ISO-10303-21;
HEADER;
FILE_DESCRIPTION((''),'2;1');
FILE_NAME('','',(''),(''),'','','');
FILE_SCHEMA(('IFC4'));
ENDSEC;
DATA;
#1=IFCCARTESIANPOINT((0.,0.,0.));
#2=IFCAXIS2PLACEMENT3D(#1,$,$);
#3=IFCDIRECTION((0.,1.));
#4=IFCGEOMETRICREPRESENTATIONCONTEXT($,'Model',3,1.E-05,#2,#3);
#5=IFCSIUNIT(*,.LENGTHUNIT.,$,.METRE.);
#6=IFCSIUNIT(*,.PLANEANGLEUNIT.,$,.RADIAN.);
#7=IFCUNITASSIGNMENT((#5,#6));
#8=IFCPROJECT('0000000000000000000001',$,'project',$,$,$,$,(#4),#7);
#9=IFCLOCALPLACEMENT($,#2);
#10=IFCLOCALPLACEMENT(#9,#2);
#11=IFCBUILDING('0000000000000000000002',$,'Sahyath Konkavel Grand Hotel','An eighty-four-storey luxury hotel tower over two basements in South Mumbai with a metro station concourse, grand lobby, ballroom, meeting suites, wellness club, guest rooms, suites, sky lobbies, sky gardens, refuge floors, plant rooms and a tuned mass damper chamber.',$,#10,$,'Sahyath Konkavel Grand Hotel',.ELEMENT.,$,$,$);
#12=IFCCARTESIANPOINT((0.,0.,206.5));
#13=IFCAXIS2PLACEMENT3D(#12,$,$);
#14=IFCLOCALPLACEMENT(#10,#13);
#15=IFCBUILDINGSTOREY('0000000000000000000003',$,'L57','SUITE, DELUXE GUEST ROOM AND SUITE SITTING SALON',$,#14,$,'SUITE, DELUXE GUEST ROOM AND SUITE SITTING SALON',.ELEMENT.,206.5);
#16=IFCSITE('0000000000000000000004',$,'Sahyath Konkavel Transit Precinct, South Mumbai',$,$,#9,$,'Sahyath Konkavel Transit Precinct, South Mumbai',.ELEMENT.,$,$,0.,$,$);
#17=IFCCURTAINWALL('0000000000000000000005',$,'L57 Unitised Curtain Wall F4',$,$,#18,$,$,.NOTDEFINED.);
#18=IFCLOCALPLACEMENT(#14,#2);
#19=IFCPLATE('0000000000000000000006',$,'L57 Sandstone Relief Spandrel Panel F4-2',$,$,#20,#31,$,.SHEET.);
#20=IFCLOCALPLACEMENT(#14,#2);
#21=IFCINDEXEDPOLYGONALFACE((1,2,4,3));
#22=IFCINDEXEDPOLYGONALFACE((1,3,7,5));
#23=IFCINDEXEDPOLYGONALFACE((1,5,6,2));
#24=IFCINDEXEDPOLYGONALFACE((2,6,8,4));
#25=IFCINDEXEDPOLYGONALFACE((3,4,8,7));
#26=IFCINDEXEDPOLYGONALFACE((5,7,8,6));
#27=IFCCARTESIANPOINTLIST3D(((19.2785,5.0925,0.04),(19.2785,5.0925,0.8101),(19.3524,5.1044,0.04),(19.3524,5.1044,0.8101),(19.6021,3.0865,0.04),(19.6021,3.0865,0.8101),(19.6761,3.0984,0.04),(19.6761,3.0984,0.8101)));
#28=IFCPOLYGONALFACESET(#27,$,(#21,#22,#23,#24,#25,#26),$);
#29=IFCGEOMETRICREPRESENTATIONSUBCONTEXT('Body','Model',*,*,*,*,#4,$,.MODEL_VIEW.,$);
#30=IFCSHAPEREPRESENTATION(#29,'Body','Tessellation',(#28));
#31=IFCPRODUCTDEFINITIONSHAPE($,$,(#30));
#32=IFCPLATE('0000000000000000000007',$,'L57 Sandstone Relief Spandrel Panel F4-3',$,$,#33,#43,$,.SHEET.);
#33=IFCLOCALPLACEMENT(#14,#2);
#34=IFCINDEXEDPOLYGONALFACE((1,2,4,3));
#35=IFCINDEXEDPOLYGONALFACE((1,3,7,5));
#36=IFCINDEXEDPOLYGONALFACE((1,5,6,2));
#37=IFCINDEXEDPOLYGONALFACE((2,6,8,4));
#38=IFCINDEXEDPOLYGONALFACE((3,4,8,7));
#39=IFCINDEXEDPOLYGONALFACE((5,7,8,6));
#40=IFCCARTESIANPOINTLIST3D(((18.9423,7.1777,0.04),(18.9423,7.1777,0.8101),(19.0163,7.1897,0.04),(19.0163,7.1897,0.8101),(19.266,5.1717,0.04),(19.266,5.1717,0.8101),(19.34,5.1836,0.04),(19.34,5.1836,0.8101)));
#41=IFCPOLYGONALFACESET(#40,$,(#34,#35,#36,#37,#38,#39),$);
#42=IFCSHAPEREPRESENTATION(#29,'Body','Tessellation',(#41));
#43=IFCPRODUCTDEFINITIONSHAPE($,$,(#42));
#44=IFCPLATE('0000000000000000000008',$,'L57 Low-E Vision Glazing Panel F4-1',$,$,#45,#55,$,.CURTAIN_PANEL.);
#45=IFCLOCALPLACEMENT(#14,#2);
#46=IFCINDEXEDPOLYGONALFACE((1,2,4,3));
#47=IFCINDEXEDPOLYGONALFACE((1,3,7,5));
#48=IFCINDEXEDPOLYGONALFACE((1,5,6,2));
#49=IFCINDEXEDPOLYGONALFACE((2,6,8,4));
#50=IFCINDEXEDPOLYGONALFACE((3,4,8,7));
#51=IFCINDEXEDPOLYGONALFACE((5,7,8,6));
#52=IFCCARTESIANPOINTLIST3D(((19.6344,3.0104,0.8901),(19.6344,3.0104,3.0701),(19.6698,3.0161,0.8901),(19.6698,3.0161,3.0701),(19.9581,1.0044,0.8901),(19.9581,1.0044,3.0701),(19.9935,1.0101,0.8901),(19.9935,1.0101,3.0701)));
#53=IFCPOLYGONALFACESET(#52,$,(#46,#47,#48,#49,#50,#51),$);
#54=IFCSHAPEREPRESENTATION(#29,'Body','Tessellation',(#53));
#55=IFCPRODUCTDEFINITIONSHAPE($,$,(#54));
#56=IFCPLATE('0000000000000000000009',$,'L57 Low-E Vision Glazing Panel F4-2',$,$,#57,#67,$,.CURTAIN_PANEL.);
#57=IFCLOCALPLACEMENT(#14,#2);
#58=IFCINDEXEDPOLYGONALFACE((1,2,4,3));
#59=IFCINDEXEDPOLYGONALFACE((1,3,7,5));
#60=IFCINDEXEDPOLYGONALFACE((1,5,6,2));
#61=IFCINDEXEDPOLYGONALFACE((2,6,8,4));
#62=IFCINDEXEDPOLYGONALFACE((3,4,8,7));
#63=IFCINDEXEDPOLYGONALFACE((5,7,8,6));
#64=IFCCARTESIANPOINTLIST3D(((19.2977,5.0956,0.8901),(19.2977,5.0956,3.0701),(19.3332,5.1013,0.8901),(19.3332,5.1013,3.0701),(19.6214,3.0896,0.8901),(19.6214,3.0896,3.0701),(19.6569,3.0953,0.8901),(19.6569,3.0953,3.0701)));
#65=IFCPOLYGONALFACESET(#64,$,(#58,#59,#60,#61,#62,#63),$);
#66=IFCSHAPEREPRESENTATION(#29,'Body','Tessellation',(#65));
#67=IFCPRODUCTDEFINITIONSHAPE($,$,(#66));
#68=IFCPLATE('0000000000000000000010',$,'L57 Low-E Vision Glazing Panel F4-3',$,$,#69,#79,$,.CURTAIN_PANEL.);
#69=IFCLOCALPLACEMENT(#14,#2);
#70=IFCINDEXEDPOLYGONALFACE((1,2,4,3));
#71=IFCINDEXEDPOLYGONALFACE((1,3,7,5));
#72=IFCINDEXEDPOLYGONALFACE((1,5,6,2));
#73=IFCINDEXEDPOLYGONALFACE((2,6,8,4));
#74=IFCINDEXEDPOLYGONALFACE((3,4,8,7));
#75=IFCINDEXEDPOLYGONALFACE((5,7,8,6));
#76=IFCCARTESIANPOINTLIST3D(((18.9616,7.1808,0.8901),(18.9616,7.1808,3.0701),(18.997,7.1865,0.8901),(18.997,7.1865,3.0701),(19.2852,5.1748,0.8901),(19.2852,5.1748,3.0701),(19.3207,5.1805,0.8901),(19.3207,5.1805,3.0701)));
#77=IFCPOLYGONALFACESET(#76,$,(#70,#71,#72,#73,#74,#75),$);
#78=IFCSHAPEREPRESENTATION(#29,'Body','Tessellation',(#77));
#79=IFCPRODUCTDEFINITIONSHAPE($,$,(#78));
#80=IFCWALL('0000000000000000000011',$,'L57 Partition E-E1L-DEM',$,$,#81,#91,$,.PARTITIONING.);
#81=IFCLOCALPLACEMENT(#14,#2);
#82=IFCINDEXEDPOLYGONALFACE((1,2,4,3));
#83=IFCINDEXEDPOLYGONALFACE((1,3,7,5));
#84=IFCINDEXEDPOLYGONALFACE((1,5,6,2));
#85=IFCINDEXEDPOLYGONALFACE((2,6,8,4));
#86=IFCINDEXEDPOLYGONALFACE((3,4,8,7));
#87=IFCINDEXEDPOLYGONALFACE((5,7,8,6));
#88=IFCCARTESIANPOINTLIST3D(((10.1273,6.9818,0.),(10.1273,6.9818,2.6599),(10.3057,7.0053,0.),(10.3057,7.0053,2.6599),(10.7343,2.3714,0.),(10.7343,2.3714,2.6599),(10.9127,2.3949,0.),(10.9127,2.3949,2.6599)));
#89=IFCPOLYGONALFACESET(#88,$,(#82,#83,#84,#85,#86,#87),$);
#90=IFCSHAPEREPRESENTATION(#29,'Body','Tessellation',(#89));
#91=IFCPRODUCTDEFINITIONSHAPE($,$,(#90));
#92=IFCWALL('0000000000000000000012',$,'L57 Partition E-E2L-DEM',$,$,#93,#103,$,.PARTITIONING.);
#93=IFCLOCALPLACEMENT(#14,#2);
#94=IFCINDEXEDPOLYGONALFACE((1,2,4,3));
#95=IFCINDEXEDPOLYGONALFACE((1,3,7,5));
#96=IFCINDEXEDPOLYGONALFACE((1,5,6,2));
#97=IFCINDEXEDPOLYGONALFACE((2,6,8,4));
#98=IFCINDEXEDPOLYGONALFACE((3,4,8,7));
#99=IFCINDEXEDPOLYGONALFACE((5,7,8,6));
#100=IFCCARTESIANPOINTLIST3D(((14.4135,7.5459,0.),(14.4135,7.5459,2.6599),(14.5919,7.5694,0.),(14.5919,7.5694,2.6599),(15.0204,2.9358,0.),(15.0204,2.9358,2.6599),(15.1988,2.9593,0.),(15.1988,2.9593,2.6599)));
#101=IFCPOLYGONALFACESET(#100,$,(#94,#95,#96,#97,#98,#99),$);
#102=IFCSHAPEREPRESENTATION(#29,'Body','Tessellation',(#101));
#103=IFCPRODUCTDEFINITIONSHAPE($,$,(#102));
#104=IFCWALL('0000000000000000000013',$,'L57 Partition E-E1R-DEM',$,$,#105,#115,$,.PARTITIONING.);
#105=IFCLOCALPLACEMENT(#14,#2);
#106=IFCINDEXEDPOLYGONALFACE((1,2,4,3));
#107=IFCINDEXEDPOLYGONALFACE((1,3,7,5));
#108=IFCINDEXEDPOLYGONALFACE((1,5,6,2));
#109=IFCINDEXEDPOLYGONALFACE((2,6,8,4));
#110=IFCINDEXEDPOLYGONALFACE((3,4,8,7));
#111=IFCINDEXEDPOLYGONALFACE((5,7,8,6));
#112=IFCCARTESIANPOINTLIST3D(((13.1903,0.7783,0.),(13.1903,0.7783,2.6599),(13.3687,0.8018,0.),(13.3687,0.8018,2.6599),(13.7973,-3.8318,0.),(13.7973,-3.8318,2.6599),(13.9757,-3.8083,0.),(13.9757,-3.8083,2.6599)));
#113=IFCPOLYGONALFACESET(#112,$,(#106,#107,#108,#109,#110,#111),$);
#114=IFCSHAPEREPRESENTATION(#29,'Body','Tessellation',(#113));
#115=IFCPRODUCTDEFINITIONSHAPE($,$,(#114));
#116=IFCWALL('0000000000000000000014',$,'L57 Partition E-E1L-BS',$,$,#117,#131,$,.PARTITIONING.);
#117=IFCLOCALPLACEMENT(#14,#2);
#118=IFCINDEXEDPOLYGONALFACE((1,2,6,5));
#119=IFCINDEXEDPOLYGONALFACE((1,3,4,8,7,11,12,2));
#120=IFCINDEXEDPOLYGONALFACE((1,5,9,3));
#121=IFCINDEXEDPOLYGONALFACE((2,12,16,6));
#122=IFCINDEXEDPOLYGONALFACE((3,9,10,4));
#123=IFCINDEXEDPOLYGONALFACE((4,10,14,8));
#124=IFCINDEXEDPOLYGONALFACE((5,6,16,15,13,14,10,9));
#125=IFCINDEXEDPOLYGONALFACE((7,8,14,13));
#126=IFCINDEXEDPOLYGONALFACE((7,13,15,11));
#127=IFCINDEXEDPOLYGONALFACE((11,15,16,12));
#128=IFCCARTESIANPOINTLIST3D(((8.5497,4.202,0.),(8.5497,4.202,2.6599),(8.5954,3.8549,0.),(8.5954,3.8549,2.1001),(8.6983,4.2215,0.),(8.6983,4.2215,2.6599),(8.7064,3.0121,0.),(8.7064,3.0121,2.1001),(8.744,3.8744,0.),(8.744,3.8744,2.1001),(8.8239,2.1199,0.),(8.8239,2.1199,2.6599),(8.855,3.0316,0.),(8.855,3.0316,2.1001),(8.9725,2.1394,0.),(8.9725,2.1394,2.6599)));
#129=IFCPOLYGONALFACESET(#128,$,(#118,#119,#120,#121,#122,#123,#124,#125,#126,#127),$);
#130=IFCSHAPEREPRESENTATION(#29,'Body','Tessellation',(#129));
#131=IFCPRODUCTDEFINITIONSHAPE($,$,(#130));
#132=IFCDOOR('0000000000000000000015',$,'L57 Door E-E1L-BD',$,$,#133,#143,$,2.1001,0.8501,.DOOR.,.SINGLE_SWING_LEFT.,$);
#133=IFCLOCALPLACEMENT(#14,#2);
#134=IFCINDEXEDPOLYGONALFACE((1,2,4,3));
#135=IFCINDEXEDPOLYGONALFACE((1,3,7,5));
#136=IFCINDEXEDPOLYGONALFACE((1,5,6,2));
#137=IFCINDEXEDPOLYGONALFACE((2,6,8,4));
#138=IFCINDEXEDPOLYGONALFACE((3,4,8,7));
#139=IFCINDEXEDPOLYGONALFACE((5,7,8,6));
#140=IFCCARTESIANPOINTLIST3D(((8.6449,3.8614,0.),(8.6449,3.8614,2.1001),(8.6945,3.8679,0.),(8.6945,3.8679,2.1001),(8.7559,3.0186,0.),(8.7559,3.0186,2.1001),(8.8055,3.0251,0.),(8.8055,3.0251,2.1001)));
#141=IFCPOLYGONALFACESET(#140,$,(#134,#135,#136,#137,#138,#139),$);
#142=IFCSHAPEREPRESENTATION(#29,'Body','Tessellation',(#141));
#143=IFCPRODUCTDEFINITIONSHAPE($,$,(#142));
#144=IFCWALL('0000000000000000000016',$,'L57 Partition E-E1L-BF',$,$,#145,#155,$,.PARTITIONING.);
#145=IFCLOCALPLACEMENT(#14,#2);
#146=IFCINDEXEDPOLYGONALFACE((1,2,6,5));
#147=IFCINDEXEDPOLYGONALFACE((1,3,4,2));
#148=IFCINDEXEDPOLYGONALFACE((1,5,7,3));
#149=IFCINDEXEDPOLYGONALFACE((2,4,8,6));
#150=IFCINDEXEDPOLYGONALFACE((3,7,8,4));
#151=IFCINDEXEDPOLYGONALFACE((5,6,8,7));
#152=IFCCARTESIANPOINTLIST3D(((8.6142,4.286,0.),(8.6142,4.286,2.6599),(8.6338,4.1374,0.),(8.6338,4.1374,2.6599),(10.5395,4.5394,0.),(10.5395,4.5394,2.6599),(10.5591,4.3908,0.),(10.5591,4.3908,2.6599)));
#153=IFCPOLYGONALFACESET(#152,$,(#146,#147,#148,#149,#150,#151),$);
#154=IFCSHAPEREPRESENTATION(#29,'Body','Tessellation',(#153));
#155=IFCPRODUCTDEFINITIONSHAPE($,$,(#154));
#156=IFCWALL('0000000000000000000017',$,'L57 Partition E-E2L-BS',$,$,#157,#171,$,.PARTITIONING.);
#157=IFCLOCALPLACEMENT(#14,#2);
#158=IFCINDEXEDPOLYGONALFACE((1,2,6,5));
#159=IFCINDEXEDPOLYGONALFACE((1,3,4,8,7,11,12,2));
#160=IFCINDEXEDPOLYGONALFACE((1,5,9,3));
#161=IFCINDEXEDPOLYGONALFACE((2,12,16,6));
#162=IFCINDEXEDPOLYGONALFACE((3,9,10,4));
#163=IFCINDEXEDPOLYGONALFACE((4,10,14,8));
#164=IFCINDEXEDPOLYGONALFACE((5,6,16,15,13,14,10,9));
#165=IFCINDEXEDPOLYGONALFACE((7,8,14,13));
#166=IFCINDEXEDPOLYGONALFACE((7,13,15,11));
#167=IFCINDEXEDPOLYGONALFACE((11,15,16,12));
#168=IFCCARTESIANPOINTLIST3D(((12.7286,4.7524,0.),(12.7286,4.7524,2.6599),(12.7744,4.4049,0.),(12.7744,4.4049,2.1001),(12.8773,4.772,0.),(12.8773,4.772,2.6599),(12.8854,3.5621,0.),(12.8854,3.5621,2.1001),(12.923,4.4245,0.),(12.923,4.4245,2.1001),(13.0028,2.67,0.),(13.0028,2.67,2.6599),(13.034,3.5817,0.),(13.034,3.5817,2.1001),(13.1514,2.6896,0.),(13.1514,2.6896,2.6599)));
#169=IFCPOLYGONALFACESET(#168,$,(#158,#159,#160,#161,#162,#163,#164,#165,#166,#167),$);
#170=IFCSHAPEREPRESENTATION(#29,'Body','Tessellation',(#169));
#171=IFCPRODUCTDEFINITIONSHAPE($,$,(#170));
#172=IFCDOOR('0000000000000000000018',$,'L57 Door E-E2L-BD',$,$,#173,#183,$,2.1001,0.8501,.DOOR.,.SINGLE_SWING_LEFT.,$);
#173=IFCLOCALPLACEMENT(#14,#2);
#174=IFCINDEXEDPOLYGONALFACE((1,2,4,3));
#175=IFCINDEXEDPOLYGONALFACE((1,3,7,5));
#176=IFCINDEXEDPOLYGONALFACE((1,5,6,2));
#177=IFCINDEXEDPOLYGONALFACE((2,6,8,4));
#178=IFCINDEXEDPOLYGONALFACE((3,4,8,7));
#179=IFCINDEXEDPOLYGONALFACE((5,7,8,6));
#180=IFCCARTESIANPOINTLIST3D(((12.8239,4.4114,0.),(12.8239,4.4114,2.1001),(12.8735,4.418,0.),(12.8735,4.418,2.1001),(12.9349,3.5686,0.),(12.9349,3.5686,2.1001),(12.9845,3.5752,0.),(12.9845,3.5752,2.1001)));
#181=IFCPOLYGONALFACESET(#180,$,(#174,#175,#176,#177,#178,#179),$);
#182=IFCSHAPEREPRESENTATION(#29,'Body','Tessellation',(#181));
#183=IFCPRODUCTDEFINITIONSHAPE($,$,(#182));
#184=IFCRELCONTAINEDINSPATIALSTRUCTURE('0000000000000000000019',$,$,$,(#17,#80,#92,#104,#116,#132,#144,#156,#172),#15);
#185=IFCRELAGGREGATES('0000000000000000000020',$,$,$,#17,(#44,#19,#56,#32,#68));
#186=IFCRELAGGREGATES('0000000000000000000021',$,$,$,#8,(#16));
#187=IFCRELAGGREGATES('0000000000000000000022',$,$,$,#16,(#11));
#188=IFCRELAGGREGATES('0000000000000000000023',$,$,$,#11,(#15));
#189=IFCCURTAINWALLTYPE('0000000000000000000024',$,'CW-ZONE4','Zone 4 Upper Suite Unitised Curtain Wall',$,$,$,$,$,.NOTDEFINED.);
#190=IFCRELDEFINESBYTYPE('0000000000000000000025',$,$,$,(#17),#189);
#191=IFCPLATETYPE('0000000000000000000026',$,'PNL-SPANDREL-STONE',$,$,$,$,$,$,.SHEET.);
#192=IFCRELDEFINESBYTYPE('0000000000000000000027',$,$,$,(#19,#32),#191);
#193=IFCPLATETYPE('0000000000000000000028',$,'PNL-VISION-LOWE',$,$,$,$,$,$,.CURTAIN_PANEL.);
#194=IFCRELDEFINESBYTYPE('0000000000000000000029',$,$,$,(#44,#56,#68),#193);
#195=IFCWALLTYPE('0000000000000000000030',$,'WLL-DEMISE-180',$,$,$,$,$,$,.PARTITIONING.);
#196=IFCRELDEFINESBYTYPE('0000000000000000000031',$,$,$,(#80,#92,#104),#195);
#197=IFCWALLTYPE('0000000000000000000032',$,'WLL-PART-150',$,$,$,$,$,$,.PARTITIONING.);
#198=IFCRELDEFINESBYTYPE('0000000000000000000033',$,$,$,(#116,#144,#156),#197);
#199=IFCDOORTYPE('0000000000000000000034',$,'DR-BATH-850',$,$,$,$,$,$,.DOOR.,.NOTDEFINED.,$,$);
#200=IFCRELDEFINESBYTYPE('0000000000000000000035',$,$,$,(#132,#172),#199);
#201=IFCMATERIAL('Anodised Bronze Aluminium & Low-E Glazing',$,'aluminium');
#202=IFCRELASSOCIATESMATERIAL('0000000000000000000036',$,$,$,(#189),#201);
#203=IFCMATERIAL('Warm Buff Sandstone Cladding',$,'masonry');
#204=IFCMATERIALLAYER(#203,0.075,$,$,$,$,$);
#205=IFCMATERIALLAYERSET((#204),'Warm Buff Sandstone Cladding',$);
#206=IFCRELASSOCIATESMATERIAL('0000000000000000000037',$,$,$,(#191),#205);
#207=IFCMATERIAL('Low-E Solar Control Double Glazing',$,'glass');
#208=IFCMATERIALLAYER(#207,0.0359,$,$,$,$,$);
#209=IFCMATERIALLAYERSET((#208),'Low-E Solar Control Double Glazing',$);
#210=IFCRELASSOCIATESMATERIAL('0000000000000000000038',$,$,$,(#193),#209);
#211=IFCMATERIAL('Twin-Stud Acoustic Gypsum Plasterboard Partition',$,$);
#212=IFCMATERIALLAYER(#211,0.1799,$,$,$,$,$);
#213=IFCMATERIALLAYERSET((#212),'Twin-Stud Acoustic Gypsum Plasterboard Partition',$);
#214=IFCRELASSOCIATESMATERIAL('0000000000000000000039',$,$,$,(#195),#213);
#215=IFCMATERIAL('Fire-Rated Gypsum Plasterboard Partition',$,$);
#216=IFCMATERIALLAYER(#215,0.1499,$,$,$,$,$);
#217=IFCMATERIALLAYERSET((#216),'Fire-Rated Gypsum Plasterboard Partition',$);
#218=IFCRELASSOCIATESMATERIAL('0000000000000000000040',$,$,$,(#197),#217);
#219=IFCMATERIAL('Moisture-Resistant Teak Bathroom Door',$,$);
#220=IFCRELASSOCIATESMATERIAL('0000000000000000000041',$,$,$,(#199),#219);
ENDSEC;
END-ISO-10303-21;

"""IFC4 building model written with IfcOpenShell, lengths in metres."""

from ifc_helpers import new_model, si_unit, direction, frame, frame_2d, origin, origin_2d, place, context, subcontext, project, spatial, rectangle, extrude, source, transform, mapped, material, layer, layer_set, type_object, element, fill, aggregate, save


model = new_model("IFC4")

# Units and contexts
model_context = context("Model", 3, precision=1e-05, world=origin(), true_north=direction((0.0, 1.0)))
body_context = subcontext(model_context, "Body", "Model", "MODEL_VIEW")
ifc_project = project(units=[si_unit("LENGTHUNIT", "METRE"), si_unit("PLANEANGLEUNIT", "RADIAN")], contexts=[model_context])

# Site, building, storey
site_placement = place(None, origin())
site = spatial("IfcSite", under=ifc_project, at=site_placement, Name="Sahyath Konkavel Transit Precinct, South Mumbai", LongName="Sahyath Konkavel Transit Precinct, South Mumbai", CompositionType="ELEMENT", RefElevation=0.0)
building_placement = place(site_placement, origin())
building = spatial("IfcBuilding", under=site, at=building_placement, Name="Sahyath Konkavel Grand Hotel", Description="An eighty-four-storey luxury hotel tower over two basements in South Mumbai with a metro station concourse, grand lobby, ballroom, meeting suites, wellness club, guest rooms, suites, sky lobbies, sky gardens, refuge floors, plant rooms and a tuned mass damper chamber.", LongName="Sahyath Konkavel Grand Hotel", CompositionType="ELEMENT")
storey_placement = place(building_placement, frame((0.0, 0.0, 206.5)))
storey = spatial("IfcBuildingStorey", under=building, at=storey_placement, Name="L57", Description="SUITE, DELUXE GUEST ROOM AND SUITE SITTING SALON", LongName="SUITE, DELUXE GUEST ROOM AND SUITE SITTING SALON", CompositionType="ELEMENT", Elevation=206.5)

# Curtain wall
ifc_material_1 = material(Name="Anodised Bronze Aluminium & Low-E Glazing", Category="aluminium")
curtain_wall_type = type_object("IfcCurtainWallType", Name="CW-ZONE4", Description="Zone 4 Upper Suite Unitised Curtain Wall", PredefinedType="NOTDEFINED", material=ifc_material_1)
curtain_wall_placement = place(storey_placement, origin())
curtain_wall = element("IfcCurtainWall", 1, at=curtain_wall_placement, inside=storey, type_object=curtain_wall_type, Name="L57 Unitised Curtain Wall F4", PredefinedType="NOTDEFINED")

# Plates
ifc_material_2 = material(Name="Warm Buff Sandstone Cladding", Category="masonry")
ifc_layer_1 = layer(ifc_material_2, 0.075)
ifc_layer_set_1 = layer_set([ifc_layer_1], Name="Warm Buff Sandstone Cladding")
plate_type_1 = type_object("IfcPlateType", Name="PNL-SPANDREL-STONE", PredefinedType="SHEET", material=ifc_layer_set_1)
shared_shape_1 = source(origin(), body_context, "Body", "SweptSolid", [
    extrude(rectangle(XDim=2.032, YDim=0.075, at=origin_2d()), origin(), (0.0, 0.0, 1.0), 0.77),
])
plate_1_placement = place(storey_placement, frame((19.4773, 4.0955, 0.04), z_axis=(0.0, 0.0, 1.0), x_axis=(-0.159295, 0.987231, 0.0)))
plate_1 = element("IfcPlate", 2, at=plate_1_placement, type_object=plate_type_1, Name="L57 Sandstone Relief Spandrel Panel F4-2", PredefinedType="SHEET", context=body_context, shape_type="MappedRepresentation", body=[
    mapped(shared_shape_1, transform((0.0, 0.0, 0.0), scale=1.0)),
])
plate_2_placement = place(storey_placement, frame((19.1411, 6.1807, 0.04), z_axis=(0.0, 0.0, 1.0), x_axis=(-0.159295, 0.987231, 0.0)))
plate_2 = element("IfcPlate", 3, at=plate_2_placement, type_object=plate_type_1, Name="L57 Sandstone Relief Spandrel Panel F4-3", PredefinedType="SHEET", context=body_context, shape_type="MappedRepresentation", body=[
    mapped(shared_shape_1, transform((0.0, 0.0, 0.0), scale=1.0)),
])
ifc_material_3 = material(Name="Low-E Solar Control Double Glazing", Category="glass")
ifc_layer_2 = layer(ifc_material_3, 0.0359)
ifc_layer_set_2 = layer_set([ifc_layer_2], Name="Low-E Solar Control Double Glazing")
plate_type_2 = type_object("IfcPlateType", Name="PNL-VISION-LOWE", PredefinedType="CURTAIN_PANEL", material=ifc_layer_set_2)
shared_shape_2 = source(origin(), body_context, "Body", "SweptSolid", [
    extrude(rectangle(XDim=2.032, YDim=0.0359, at=origin_2d()), origin(), (0.0, 0.0, 1.0), 2.1799),
])
plate_3_placement = place(storey_placement, frame((19.814, 2.0103, 0.8901), z_axis=(0.0, 0.0, 1.0), x_axis=(-0.159295, 0.987231, 0.0)))
plate_3 = element("IfcPlate", 4, at=plate_3_placement, type_object=plate_type_2, Name="L57 Low-E Vision Glazing Panel F4-1", PredefinedType="CURTAIN_PANEL", context=body_context, shape_type="MappedRepresentation", body=[
    mapped(shared_shape_2, transform((0.0, 0.0, 0.0), scale=1.0)),
])
plate_4_placement = place(storey_placement, frame((19.4773, 4.0955, 0.8901), z_axis=(0.0, 0.0, 1.0), x_axis=(-0.159295, 0.987231, 0.0)))
plate_4 = element("IfcPlate", 5, at=plate_4_placement, type_object=plate_type_2, Name="L57 Low-E Vision Glazing Panel F4-2", PredefinedType="CURTAIN_PANEL", context=body_context, shape_type="MappedRepresentation", body=[
    mapped(shared_shape_2, transform((0.0, 0.0, 0.0), scale=1.0)),
])
plate_5_placement = place(storey_placement, frame((19.1411, 6.1807, 0.8901), z_axis=(0.0, 0.0, 1.0), x_axis=(-0.159295, 0.987231, 0.0)))
plate_5 = element("IfcPlate", 6, at=plate_5_placement, type_object=plate_type_2, Name="L57 Low-E Vision Glazing Panel F4-3", PredefinedType="CURTAIN_PANEL", context=body_context, shape_type="MappedRepresentation", body=[
    mapped(shared_shape_2, transform((0.0, 0.0, 0.0), scale=1.0)),
])
aggregate(curtain_wall, [plate_3, plate_1, plate_4, plate_2, plate_5])

# Walls
ifc_material_4 = material(Name="Twin-Stud Acoustic Gypsum Plasterboard Partition")
ifc_layer_3 = layer(ifc_material_4, 0.1799)
ifc_layer_set_3 = layer_set([ifc_layer_3], Name="Twin-Stud Acoustic Gypsum Plasterboard Partition")
wall_type_1 = type_object("IfcWallType", Name="WLL-DEMISE-180", PredefinedType="PARTITIONING", material=ifc_layer_set_3)
wall_1_placement = place(storey_placement, frame((10.8235, 2.3831, 0.0), z_axis=(0.0, 0.0, 1.0), x_axis=(-0.13052, 0.991446, 0.0)))
element("IfcWall", 7, at=wall_1_placement, inside=storey, type_object=wall_type_1, Name="L57 Partition E-E1L-DEM", PredefinedType="PARTITIONING", context=body_context, shape_type="SweptSolid", body=[
    extrude(rectangle(XDim=4.6501, YDim=0.1799, at=frame_2d((2.3252, 0.0))), origin(), (0.0, 0.0, 1.0), 2.6599),
])
for number, where, z_axis, x_axis, name in (
    (8, (15.1096, 2.9475, 0.0), (0.0, 0.0, 1.0), (-0.130526, 0.991445, 0.0), "L57 Partition E-E2L-DEM"),
    (9, (13.2795, 0.79, 0.0), (0.0, 0.0, 1.0), (0.130526, -0.991445, 0.0), "L57 Partition E-E1R-DEM"),
):
    element("IfcWall", number, at=place(storey_placement, frame(where, z_axis=z_axis, x_axis=x_axis)), inside=storey, type_object=wall_type_1, Name=name, PredefinedType="PARTITIONING", context=body_context, shape_type="SweptSolid", body=[
        extrude(rectangle(XDim=4.6499, YDim=0.1799, at=frame_2d((2.325, 0.0))), origin(), (0.0, 0.0, 1.0), 2.6599),
    ])

# Wall, opening, door
ifc_material_5 = material(Name="Fire-Rated Gypsum Plasterboard Partition")
ifc_layer_4 = layer(ifc_material_5, 0.1499)
ifc_layer_set_4 = layer_set([ifc_layer_4], Name="Fire-Rated Gypsum Plasterboard Partition")
wall_type_2 = type_object("IfcWallType", Name="WLL-PART-150", PredefinedType="PARTITIONING", material=ifc_layer_set_4)
wall_2_placement = place(storey_placement, frame((8.8982, 2.1296, 0.0), z_axis=(0.0, 0.0, 1.0), x_axis=(-0.130557, 0.991441, 0.0)))
wall_2 = element("IfcWall", 10, at=wall_2_placement, inside=storey, type_object=wall_type_2, Name="L57 Partition E-E1L-BS", PredefinedType="PARTITIONING", context=body_context, shape_type="SweptSolid", body=[
    extrude(rectangle(XDim=2.1001, YDim=0.1499, at=frame_2d((1.05, 0.0))), origin(), (0.0, 0.0, 1.0), 2.6599),
])
opening_1_placement = place(wall_2_placement, frame((0.8999, 0.0, 0.0)))
opening_1 = element("IfcOpeningElement", 11, at=opening_1_placement, cuts=wall_2, PredefinedType="OPENING", context=body_context, shape_type="SweptSolid", body=[
    extrude(rectangle(XDim=0.8501, YDim=2.1001, at=frame_2d((0.425, 1.05))), frame((0.0, 0.085, 0.0), z_axis=(0.0, -1.0, 0.0), x_axis=(1.0, 0.0, 0.0)), (0.0, 0.0, 1.0), 0.1699),
])
ifc_material_6 = material(Name="Moisture-Resistant Teak Bathroom Door")
door_type = type_object("IfcDoorType", Name="DR-BATH-850", OperationType="NOTDEFINED", PredefinedType="DOOR", material=ifc_material_6)
shared_shape_3 = source(origin(), body_context, "Body", "SweptSolid", [
    extrude(rectangle(XDim=0.8501, YDim=0.05, at=origin_2d()), origin(), (0.0, 0.0, 1.0), 2.1001),
])
door_1_placement = place(opening_1_placement, frame((0.425, 0.0, 0.0)))
door_1 = element("IfcDoor", 12, at=door_1_placement, inside=storey, type_object=door_type, Name="L57 Door E-E1L-BD", OperationType="SINGLE_SWING_LEFT", OverallHeight=2.1001, OverallWidth=0.8501, PredefinedType="DOOR", context=body_context, shape_type="MappedRepresentation", body=[
    mapped(shared_shape_3, transform((0.0, 0.0, 0.0), scale=1.0)),
])
fill(opening_1, door_1)

# Wall
wall_3_placement = place(storey_placement, frame((8.624, 4.2117, 0.0), z_axis=(0.0, 0.0, 1.0), x_axis=(0.991448, 0.1305, 0.0)))
element("IfcWall", 13, at=wall_3_placement, inside=storey, type_object=wall_type_2, Name="L57 Partition E-E1L-BF", PredefinedType="PARTITIONING", context=body_context, shape_type="SweptSolid", body=[
    extrude(rectangle(XDim=1.9419, YDim=0.1499, at=frame_2d((0.9709, 0.0))), origin(), (0.0, 0.0, 1.0), 2.6599),
])

# Wall, opening, door
wall_4_placement = place(storey_placement, frame((13.0771, 2.6797, 0.0), z_axis=(0.0, 0.0, 1.0), x_axis=(-0.130542, 0.991443, 0.0)))
wall_4 = element("IfcWall", 14, at=wall_4_placement, inside=storey, type_object=wall_type_2, Name="L57 Partition E-E2L-BS", PredefinedType="PARTITIONING", context=body_context, shape_type="SweptSolid", body=[
    extrude(rectangle(XDim=2.1003, YDim=0.1499, at=frame_2d((1.0503, 0.0))), origin(), (0.0, 0.0, 1.0), 2.6599),
])
opening_2_placement = place(wall_4_placement, frame((0.8999, 0.0, 0.0)))
opening_2 = element("IfcOpeningElement", 15, at=opening_2_placement, cuts=wall_4, PredefinedType="OPENING", context=body_context, shape_type="SweptSolid", body=[
    extrude(rectangle(XDim=0.8501, YDim=2.1001, at=frame_2d((0.425, 1.05))), frame((0.0, 0.085, 0.0), z_axis=(0.0, -1.0, 0.0), x_axis=(1.0, 0.0, 0.0)), (0.0, 0.0, 1.0), 0.1699),
])
door_2_placement = place(opening_2_placement, frame((0.425, 0.0, 0.0)))
door_2 = element("IfcDoor", 16, at=door_2_placement, inside=storey, type_object=door_type, Name="L57 Door E-E2L-BD", OperationType="SINGLE_SWING_LEFT", OverallHeight=2.1001, OverallWidth=0.8501, PredefinedType="DOOR", context=body_context, shape_type="MappedRepresentation", body=[
    mapped(shared_shape_3, transform((0.0, 0.0, 0.0), scale=1.0)),
])
fill(opening_2, door_2)

save(model, "model.ifc")
